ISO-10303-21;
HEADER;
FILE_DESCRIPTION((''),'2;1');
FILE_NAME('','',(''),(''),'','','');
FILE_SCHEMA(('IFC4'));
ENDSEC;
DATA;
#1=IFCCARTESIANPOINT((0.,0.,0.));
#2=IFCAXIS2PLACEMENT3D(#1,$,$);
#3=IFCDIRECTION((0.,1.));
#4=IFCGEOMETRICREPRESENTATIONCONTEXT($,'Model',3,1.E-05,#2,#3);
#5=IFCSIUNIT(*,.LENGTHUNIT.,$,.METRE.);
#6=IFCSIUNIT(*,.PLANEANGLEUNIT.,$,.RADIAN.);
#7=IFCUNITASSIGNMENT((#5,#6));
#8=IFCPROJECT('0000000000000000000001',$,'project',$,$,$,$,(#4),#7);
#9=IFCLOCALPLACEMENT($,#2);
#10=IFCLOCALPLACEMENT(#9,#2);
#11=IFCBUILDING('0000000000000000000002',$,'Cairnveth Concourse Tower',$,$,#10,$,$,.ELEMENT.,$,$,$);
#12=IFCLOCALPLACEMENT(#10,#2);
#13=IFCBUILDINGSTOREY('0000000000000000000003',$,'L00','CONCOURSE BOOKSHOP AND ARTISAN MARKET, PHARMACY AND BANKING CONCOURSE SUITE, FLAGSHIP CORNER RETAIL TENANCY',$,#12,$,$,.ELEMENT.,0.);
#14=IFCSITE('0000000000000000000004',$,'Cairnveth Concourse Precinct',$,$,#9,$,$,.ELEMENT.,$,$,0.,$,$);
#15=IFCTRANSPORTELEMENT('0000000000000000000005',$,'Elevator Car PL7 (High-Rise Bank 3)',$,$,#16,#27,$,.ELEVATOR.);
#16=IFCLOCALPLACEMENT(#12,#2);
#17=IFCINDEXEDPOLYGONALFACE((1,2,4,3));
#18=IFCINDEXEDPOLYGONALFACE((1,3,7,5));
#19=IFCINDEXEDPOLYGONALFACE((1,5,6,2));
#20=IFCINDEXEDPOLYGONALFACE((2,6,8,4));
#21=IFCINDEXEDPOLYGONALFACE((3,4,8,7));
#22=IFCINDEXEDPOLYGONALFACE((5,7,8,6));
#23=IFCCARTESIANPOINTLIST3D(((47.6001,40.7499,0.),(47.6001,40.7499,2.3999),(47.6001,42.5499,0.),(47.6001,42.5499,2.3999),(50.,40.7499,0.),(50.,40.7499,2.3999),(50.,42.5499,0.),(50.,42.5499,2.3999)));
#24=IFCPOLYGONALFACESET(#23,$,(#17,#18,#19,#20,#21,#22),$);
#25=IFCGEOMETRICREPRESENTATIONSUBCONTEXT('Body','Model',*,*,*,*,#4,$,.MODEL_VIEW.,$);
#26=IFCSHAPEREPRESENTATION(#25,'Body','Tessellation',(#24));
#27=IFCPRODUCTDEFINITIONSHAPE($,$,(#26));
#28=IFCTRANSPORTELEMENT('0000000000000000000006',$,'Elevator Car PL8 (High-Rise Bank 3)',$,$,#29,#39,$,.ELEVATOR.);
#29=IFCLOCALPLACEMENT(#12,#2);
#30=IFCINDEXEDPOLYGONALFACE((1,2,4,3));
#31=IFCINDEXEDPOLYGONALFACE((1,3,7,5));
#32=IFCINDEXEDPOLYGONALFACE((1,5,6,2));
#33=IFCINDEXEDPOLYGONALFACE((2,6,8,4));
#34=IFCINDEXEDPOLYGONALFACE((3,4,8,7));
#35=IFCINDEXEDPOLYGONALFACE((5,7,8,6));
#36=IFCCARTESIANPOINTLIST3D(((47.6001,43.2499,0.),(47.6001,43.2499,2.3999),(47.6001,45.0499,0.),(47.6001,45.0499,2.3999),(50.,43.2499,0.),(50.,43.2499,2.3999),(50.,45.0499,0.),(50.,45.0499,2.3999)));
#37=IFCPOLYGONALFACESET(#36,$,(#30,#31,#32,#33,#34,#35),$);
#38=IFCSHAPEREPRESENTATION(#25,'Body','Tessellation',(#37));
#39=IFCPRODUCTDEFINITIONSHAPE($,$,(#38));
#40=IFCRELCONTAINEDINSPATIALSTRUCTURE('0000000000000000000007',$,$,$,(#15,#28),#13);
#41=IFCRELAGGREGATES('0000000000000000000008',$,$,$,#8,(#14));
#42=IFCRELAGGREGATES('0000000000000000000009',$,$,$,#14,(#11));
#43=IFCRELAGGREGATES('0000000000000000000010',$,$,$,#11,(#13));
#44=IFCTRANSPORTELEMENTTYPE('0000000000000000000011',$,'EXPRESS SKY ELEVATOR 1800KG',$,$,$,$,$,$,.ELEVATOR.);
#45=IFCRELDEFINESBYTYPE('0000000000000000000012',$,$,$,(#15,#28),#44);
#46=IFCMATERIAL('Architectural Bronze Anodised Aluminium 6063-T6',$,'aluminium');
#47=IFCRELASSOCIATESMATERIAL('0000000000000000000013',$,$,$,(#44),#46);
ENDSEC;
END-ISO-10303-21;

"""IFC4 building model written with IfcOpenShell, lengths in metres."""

from ifc_helpers import new_model, si_unit, direction, frame, origin, origin_2d, place, context, subcontext, project, spatial, rectangle, extrude, material, type_object, element, save


model = new_model("IFC4")

# Units and contexts
model_context = context("Model", 3, precision=1e-05, world=origin(), true_north=direction((0.0, 1.0)))
body_context = subcontext(model_context, "Body", "Model", "MODEL_VIEW")
ifc_project = project(units=[si_unit("LENGTHUNIT", "METRE"), si_unit("PLANEANGLEUNIT", "RADIAN")], contexts=[model_context])

# Site, building, storey
site_placement = place(None, origin())
site = spatial("IfcSite", under=ifc_project, at=site_placement, Name="Cairnveth Concourse Precinct", CompositionType="ELEMENT", RefElevation=0.0)
building_placement = place(site_placement, origin())
building = spatial("IfcBuilding", under=site, at=building_placement, Name="Cairnveth Concourse Tower", CompositionType="ELEMENT")
storey_placement = place(building_placement, origin())
storey = spatial("IfcBuildingStorey", under=building, at=storey_placement, Name="L00", Description="CONCOURSE BOOKSHOP AND ARTISAN MARKET, PHARMACY AND BANKING CONCOURSE SUITE, FLAGSHIP CORNER RETAIL TENANCY", CompositionType="ELEMENT", Elevation=0.0)

# Shared definitions
ifc_material_1 = material(Name="Architectural Bronze Anodised Aluminium 6063-T6", Category="aluminium")

# Transport elements
transport_element_type = type_object("IfcTransportElementType", Name="EXPRESS SKY ELEVATOR 1800KG", PredefinedType="ELEVATOR", material=ifc_material_1)
for number, where, z_axis, x_axis, name in (
    (1, (48.8, 41.6499, 0.0), (0.0, 0.0, 1.0), (1.0, 0.0, 0.0), "Elevator Car PL7 (High-Rise Bank 3)"),
    (2, (48.8, 44.1499, 0.0), (0.0, 0.0, 1.0), (1.0, 0.0, 0.0), "Elevator Car PL8 (High-Rise Bank 3)"),
):
    element("IfcTransportElement", number, at=place(storey_placement, frame(where, z_axis=z_axis, x_axis=x_axis)), inside=storey, type_object=transport_element_type, Name=name, PredefinedType="ELEVATOR", context=body_context, shape_type="SweptSolid", body=[
        extrude(rectangle(XDim=2.3999, YDim=1.8, at=origin_2d()), origin(), (0.0, 0.0, 1.0), 2.3999),
    ])

save(model, "model.ifc")
